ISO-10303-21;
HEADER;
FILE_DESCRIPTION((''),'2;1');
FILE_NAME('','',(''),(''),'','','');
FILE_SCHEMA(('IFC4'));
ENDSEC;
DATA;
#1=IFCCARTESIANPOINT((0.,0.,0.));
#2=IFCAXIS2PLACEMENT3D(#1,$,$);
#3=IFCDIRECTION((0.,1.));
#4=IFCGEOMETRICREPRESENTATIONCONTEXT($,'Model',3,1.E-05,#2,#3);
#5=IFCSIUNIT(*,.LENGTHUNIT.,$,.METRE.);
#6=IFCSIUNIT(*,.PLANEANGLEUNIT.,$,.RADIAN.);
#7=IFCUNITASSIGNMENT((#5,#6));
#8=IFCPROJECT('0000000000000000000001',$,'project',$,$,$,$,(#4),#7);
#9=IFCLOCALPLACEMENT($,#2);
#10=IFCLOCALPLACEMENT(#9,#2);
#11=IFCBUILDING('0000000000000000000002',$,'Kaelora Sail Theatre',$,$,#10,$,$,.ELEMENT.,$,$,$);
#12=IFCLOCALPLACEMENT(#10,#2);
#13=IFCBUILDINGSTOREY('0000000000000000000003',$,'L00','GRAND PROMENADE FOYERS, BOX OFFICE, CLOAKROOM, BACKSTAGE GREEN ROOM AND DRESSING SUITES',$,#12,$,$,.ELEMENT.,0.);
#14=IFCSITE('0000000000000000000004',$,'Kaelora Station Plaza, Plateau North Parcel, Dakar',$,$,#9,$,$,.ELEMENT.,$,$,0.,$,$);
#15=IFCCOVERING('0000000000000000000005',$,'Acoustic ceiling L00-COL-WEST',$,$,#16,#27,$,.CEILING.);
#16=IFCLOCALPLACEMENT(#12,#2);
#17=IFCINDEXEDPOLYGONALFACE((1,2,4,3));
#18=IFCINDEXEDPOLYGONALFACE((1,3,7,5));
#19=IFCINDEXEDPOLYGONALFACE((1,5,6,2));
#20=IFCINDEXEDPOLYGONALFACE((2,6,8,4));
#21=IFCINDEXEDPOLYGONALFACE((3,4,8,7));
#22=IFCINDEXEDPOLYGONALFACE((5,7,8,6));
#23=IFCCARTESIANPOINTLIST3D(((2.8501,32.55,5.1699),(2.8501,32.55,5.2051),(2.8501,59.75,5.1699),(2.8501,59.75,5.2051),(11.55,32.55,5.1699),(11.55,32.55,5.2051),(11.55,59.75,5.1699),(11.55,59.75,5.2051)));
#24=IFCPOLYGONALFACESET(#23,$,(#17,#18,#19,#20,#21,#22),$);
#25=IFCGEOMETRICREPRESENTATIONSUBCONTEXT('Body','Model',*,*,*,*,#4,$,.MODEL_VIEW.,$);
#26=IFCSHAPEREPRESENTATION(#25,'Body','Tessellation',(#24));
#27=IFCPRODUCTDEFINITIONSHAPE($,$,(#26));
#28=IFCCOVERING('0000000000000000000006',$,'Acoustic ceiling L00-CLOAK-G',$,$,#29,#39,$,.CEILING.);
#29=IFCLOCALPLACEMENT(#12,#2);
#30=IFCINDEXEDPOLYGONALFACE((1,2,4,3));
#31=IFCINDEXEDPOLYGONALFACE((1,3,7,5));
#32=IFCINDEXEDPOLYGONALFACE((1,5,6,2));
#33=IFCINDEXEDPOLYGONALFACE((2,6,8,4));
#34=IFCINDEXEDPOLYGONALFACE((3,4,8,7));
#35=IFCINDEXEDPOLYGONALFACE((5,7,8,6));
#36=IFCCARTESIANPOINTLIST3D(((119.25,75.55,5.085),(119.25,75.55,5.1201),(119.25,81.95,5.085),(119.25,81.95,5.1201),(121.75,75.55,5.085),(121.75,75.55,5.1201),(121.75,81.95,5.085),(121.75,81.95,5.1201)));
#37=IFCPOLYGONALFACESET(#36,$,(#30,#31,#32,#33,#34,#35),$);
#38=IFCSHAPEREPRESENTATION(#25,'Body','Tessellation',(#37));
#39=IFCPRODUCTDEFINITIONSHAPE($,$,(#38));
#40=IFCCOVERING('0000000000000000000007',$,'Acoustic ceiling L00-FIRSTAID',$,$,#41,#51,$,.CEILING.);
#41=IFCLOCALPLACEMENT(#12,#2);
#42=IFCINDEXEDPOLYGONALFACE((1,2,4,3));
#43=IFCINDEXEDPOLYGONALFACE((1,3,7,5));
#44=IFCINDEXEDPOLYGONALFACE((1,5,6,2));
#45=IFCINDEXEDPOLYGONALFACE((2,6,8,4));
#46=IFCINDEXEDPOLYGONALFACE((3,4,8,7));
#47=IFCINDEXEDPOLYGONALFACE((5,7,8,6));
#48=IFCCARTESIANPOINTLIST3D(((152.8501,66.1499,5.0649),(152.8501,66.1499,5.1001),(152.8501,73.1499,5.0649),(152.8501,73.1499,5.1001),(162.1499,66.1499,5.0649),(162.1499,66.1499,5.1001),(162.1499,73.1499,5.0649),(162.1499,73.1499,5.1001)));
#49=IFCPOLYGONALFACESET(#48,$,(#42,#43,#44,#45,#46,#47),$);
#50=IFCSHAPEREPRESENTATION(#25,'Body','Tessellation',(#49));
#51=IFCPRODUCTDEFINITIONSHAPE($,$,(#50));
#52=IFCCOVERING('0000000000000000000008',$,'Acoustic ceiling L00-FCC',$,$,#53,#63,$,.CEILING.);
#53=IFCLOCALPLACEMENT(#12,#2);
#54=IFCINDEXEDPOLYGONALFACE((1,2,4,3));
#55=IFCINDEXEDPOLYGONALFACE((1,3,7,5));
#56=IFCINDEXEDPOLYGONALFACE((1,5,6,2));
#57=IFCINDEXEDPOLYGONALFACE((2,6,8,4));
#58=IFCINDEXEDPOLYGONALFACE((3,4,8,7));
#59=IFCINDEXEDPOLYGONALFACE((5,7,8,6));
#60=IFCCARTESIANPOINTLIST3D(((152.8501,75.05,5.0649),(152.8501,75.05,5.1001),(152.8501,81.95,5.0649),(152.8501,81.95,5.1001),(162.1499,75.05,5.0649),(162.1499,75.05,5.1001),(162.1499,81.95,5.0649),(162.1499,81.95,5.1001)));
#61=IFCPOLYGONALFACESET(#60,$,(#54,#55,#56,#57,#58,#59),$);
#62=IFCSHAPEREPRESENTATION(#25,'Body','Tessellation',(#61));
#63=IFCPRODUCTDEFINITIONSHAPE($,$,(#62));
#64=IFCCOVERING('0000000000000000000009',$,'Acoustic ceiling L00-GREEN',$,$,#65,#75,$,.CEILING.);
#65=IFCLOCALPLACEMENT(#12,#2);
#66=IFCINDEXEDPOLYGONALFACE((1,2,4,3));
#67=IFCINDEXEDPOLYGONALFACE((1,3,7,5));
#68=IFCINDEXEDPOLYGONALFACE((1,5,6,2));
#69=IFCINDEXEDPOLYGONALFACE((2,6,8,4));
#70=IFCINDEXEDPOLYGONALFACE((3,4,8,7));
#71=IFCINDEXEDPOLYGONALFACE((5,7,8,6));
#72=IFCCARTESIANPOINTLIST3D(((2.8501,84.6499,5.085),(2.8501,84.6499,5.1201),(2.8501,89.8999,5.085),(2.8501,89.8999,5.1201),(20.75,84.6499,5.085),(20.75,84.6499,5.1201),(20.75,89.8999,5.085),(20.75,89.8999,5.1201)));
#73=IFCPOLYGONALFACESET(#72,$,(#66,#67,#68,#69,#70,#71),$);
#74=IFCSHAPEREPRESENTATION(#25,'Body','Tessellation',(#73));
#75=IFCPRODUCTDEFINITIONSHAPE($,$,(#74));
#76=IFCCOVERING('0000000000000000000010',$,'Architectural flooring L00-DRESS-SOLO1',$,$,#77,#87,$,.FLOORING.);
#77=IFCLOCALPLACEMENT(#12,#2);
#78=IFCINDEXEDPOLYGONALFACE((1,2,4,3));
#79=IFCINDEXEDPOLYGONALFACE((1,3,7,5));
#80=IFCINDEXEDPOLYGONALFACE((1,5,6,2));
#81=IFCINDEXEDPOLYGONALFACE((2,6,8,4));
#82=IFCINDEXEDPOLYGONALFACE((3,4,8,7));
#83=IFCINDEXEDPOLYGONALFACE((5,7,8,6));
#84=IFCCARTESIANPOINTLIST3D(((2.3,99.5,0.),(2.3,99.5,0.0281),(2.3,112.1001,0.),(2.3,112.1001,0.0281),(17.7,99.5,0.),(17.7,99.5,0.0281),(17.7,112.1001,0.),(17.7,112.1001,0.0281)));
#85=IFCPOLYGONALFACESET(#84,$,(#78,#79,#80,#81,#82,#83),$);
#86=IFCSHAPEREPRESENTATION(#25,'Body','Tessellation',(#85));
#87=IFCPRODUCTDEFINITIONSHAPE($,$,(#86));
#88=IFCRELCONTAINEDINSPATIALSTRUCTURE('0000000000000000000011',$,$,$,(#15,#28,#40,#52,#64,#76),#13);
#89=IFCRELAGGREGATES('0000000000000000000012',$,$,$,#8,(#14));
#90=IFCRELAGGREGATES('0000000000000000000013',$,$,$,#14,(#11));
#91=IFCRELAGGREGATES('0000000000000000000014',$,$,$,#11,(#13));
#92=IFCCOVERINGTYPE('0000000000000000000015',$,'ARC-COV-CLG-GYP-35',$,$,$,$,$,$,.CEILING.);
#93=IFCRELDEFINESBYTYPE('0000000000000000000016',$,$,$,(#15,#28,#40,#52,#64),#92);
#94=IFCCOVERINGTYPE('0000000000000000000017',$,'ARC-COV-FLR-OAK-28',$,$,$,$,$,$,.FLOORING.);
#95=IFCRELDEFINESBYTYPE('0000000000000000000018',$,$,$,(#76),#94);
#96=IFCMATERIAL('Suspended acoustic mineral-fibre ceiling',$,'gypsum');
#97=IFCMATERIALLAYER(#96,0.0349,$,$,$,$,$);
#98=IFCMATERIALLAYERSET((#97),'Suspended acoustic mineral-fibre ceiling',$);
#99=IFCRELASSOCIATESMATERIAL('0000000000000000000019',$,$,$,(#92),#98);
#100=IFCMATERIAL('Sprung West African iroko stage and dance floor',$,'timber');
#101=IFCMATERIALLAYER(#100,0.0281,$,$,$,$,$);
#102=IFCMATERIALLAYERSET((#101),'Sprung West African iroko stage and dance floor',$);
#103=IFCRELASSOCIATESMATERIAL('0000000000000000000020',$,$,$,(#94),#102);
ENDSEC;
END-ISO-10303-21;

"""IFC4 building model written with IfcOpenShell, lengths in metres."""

from ifc_helpers import new_model, si_unit, direction, frame, origin, place, context, subcontext, project, spatial, polyline, outline, extrude, material, layer, layer_set, type_object, element, save


model = new_model("IFC4")

# Units and contexts
model_context = context("Model", 3, precision=1e-05, world=origin(), true_north=direction((0.0, 1.0)))
body_context = subcontext(model_context, "Body", "Model", "MODEL_VIEW")
ifc_project = project(units=[si_unit("LENGTHUNIT", "METRE"), si_unit("PLANEANGLEUNIT", "RADIAN")], contexts=[model_context])

# Site, building, storey
site_placement = place(None, origin())
site = spatial("IfcSite", under=ifc_project, at=site_placement, Name="Kaelora Station Plaza, Plateau North Parcel, Dakar", CompositionType="ELEMENT", RefElevation=0.0)
building_placement = place(site_placement, origin())
building = spatial("IfcBuilding", under=site, at=building_placement, Name="Kaelora Sail Theatre", CompositionType="ELEMENT")
storey_placement = place(building_placement, origin())
storey = spatial("IfcBuildingStorey", under=building, at=storey_placement, Name="L00", Description="GRAND PROMENADE FOYERS, BOX OFFICE, CLOAKROOM, BACKSTAGE GREEN ROOM AND DRESSING SUITES", CompositionType="ELEMENT", Elevation=0.0)

# Coverings
ifc_material_1 = material(Name="Suspended acoustic mineral-fibre ceiling", Category="gypsum")
ifc_layer_1 = layer(ifc_material_1, 0.0349)
ifc_layer_set_1 = layer_set([ifc_layer_1], Name="Suspended acoustic mineral-fibre ceiling")
covering_type_1 = type_object("IfcCoveringType", Name="ARC-COV-CLG-GYP-35", PredefinedType="CEILING", material=ifc_layer_set_1)
covering_1_placement = place(storey_placement, frame((0.0, 0.0, 5.1699)))
element("IfcCovering", 1, at=covering_1_placement, inside=storey, type_object=covering_type_1, Name="Acoustic ceiling L00-COL-WEST", PredefinedType="CEILING", context=body_context, shape_type="SweptSolid", body=[
    extrude(outline(polyline([(2.8501, 32.55), (11.55, 32.55), (11.55, 59.75), (2.8501, 59.75), (2.8501, 32.55)])), origin(), (0.0, 0.0, 1.0), 0.0352),
])
covering_2_placement = place(storey_placement, frame((0.0, 0.0, 5.085)))
element("IfcCovering", 2, at=covering_2_placement, inside=storey, type_object=covering_type_1, Name="Acoustic ceiling L00-CLOAK-G", PredefinedType="CEILING", context=body_context, shape_type="SweptSolid", body=[
    extrude(outline(polyline([(119.25, 75.55), (121.75, 75.55), (121.75, 81.95), (119.25, 81.95), (119.25, 75.55)])), origin(), (0.0, 0.0, 1.0), 0.0352),
])
covering_3_placement = place(storey_placement, frame((0.0, 0.0, 5.0649)))
element("IfcCovering", 3, at=covering_3_placement, inside=storey, type_object=covering_type_1, Name="Acoustic ceiling L00-FIRSTAID", PredefinedType="CEILING", context=body_context, shape_type="SweptSolid", body=[
    extrude(outline(polyline([(152.8501, 66.1499), (162.1499, 66.1499), (162.1499, 73.1499), (152.8501, 73.1499), (152.8501, 66.1499)])), origin(), (0.0, 0.0, 1.0), 0.0352),
])
covering_4_placement = place(storey_placement, frame((0.0, 0.0, 5.0649)))
element("IfcCovering", 4, at=covering_4_placement, inside=storey, type_object=covering_type_1, Name="Acoustic ceiling L00-FCC", PredefinedType="CEILING", context=body_context, shape_type="SweptSolid", body=[
    extrude(outline(polyline([(152.8501, 75.05), (162.1499, 75.05), (162.1499, 81.95), (152.8501, 81.95), (152.8501, 75.05)])), origin(), (0.0, 0.0, 1.0), 0.0352),
])
covering_5_placement = place(storey_placement, frame((0.0, 0.0, 5.085)))
element("IfcCovering", 5, at=covering_5_placement, inside=storey, type_object=covering_type_1, Name="Acoustic ceiling L00-GREEN", PredefinedType="CEILING", context=body_context, shape_type="SweptSolid", body=[
    extrude(outline(polyline([(2.8501, 84.6499), (20.75, 84.6499), (20.75, 89.8999), (2.8501, 89.8999), (2.8501, 84.6499)])), origin(), (0.0, 0.0, 1.0), 0.0352),
])
ifc_material_2 = material(Name="Sprung West African iroko stage and dance floor", Category="timber")
ifc_layer_2 = layer(ifc_material_2, 0.0281)
ifc_layer_set_2 = layer_set([ifc_layer_2], Name="Sprung West African iroko stage and dance floor")
covering_type_2 = type_object("IfcCoveringType", Name="ARC-COV-FLR-OAK-28", PredefinedType="FLOORING", material=ifc_layer_set_2)
covering_6_placement = place(storey_placement, origin())
element("IfcCovering", 6, at=covering_6_placement, inside=storey, type_object=covering_type_2, Name="Architectural flooring L00-DRESS-SOLO1", PredefinedType="FLOORING", context=body_context, shape_type="SweptSolid", body=[
    extrude(outline(polyline([(2.3, 99.5), (17.7, 99.5), (17.7, 112.1001), (2.3, 112.1001), (2.3, 99.5)])), origin(), (0.0, 0.0, 1.0), 0.0281),
])

save(model, "model.ifc")
